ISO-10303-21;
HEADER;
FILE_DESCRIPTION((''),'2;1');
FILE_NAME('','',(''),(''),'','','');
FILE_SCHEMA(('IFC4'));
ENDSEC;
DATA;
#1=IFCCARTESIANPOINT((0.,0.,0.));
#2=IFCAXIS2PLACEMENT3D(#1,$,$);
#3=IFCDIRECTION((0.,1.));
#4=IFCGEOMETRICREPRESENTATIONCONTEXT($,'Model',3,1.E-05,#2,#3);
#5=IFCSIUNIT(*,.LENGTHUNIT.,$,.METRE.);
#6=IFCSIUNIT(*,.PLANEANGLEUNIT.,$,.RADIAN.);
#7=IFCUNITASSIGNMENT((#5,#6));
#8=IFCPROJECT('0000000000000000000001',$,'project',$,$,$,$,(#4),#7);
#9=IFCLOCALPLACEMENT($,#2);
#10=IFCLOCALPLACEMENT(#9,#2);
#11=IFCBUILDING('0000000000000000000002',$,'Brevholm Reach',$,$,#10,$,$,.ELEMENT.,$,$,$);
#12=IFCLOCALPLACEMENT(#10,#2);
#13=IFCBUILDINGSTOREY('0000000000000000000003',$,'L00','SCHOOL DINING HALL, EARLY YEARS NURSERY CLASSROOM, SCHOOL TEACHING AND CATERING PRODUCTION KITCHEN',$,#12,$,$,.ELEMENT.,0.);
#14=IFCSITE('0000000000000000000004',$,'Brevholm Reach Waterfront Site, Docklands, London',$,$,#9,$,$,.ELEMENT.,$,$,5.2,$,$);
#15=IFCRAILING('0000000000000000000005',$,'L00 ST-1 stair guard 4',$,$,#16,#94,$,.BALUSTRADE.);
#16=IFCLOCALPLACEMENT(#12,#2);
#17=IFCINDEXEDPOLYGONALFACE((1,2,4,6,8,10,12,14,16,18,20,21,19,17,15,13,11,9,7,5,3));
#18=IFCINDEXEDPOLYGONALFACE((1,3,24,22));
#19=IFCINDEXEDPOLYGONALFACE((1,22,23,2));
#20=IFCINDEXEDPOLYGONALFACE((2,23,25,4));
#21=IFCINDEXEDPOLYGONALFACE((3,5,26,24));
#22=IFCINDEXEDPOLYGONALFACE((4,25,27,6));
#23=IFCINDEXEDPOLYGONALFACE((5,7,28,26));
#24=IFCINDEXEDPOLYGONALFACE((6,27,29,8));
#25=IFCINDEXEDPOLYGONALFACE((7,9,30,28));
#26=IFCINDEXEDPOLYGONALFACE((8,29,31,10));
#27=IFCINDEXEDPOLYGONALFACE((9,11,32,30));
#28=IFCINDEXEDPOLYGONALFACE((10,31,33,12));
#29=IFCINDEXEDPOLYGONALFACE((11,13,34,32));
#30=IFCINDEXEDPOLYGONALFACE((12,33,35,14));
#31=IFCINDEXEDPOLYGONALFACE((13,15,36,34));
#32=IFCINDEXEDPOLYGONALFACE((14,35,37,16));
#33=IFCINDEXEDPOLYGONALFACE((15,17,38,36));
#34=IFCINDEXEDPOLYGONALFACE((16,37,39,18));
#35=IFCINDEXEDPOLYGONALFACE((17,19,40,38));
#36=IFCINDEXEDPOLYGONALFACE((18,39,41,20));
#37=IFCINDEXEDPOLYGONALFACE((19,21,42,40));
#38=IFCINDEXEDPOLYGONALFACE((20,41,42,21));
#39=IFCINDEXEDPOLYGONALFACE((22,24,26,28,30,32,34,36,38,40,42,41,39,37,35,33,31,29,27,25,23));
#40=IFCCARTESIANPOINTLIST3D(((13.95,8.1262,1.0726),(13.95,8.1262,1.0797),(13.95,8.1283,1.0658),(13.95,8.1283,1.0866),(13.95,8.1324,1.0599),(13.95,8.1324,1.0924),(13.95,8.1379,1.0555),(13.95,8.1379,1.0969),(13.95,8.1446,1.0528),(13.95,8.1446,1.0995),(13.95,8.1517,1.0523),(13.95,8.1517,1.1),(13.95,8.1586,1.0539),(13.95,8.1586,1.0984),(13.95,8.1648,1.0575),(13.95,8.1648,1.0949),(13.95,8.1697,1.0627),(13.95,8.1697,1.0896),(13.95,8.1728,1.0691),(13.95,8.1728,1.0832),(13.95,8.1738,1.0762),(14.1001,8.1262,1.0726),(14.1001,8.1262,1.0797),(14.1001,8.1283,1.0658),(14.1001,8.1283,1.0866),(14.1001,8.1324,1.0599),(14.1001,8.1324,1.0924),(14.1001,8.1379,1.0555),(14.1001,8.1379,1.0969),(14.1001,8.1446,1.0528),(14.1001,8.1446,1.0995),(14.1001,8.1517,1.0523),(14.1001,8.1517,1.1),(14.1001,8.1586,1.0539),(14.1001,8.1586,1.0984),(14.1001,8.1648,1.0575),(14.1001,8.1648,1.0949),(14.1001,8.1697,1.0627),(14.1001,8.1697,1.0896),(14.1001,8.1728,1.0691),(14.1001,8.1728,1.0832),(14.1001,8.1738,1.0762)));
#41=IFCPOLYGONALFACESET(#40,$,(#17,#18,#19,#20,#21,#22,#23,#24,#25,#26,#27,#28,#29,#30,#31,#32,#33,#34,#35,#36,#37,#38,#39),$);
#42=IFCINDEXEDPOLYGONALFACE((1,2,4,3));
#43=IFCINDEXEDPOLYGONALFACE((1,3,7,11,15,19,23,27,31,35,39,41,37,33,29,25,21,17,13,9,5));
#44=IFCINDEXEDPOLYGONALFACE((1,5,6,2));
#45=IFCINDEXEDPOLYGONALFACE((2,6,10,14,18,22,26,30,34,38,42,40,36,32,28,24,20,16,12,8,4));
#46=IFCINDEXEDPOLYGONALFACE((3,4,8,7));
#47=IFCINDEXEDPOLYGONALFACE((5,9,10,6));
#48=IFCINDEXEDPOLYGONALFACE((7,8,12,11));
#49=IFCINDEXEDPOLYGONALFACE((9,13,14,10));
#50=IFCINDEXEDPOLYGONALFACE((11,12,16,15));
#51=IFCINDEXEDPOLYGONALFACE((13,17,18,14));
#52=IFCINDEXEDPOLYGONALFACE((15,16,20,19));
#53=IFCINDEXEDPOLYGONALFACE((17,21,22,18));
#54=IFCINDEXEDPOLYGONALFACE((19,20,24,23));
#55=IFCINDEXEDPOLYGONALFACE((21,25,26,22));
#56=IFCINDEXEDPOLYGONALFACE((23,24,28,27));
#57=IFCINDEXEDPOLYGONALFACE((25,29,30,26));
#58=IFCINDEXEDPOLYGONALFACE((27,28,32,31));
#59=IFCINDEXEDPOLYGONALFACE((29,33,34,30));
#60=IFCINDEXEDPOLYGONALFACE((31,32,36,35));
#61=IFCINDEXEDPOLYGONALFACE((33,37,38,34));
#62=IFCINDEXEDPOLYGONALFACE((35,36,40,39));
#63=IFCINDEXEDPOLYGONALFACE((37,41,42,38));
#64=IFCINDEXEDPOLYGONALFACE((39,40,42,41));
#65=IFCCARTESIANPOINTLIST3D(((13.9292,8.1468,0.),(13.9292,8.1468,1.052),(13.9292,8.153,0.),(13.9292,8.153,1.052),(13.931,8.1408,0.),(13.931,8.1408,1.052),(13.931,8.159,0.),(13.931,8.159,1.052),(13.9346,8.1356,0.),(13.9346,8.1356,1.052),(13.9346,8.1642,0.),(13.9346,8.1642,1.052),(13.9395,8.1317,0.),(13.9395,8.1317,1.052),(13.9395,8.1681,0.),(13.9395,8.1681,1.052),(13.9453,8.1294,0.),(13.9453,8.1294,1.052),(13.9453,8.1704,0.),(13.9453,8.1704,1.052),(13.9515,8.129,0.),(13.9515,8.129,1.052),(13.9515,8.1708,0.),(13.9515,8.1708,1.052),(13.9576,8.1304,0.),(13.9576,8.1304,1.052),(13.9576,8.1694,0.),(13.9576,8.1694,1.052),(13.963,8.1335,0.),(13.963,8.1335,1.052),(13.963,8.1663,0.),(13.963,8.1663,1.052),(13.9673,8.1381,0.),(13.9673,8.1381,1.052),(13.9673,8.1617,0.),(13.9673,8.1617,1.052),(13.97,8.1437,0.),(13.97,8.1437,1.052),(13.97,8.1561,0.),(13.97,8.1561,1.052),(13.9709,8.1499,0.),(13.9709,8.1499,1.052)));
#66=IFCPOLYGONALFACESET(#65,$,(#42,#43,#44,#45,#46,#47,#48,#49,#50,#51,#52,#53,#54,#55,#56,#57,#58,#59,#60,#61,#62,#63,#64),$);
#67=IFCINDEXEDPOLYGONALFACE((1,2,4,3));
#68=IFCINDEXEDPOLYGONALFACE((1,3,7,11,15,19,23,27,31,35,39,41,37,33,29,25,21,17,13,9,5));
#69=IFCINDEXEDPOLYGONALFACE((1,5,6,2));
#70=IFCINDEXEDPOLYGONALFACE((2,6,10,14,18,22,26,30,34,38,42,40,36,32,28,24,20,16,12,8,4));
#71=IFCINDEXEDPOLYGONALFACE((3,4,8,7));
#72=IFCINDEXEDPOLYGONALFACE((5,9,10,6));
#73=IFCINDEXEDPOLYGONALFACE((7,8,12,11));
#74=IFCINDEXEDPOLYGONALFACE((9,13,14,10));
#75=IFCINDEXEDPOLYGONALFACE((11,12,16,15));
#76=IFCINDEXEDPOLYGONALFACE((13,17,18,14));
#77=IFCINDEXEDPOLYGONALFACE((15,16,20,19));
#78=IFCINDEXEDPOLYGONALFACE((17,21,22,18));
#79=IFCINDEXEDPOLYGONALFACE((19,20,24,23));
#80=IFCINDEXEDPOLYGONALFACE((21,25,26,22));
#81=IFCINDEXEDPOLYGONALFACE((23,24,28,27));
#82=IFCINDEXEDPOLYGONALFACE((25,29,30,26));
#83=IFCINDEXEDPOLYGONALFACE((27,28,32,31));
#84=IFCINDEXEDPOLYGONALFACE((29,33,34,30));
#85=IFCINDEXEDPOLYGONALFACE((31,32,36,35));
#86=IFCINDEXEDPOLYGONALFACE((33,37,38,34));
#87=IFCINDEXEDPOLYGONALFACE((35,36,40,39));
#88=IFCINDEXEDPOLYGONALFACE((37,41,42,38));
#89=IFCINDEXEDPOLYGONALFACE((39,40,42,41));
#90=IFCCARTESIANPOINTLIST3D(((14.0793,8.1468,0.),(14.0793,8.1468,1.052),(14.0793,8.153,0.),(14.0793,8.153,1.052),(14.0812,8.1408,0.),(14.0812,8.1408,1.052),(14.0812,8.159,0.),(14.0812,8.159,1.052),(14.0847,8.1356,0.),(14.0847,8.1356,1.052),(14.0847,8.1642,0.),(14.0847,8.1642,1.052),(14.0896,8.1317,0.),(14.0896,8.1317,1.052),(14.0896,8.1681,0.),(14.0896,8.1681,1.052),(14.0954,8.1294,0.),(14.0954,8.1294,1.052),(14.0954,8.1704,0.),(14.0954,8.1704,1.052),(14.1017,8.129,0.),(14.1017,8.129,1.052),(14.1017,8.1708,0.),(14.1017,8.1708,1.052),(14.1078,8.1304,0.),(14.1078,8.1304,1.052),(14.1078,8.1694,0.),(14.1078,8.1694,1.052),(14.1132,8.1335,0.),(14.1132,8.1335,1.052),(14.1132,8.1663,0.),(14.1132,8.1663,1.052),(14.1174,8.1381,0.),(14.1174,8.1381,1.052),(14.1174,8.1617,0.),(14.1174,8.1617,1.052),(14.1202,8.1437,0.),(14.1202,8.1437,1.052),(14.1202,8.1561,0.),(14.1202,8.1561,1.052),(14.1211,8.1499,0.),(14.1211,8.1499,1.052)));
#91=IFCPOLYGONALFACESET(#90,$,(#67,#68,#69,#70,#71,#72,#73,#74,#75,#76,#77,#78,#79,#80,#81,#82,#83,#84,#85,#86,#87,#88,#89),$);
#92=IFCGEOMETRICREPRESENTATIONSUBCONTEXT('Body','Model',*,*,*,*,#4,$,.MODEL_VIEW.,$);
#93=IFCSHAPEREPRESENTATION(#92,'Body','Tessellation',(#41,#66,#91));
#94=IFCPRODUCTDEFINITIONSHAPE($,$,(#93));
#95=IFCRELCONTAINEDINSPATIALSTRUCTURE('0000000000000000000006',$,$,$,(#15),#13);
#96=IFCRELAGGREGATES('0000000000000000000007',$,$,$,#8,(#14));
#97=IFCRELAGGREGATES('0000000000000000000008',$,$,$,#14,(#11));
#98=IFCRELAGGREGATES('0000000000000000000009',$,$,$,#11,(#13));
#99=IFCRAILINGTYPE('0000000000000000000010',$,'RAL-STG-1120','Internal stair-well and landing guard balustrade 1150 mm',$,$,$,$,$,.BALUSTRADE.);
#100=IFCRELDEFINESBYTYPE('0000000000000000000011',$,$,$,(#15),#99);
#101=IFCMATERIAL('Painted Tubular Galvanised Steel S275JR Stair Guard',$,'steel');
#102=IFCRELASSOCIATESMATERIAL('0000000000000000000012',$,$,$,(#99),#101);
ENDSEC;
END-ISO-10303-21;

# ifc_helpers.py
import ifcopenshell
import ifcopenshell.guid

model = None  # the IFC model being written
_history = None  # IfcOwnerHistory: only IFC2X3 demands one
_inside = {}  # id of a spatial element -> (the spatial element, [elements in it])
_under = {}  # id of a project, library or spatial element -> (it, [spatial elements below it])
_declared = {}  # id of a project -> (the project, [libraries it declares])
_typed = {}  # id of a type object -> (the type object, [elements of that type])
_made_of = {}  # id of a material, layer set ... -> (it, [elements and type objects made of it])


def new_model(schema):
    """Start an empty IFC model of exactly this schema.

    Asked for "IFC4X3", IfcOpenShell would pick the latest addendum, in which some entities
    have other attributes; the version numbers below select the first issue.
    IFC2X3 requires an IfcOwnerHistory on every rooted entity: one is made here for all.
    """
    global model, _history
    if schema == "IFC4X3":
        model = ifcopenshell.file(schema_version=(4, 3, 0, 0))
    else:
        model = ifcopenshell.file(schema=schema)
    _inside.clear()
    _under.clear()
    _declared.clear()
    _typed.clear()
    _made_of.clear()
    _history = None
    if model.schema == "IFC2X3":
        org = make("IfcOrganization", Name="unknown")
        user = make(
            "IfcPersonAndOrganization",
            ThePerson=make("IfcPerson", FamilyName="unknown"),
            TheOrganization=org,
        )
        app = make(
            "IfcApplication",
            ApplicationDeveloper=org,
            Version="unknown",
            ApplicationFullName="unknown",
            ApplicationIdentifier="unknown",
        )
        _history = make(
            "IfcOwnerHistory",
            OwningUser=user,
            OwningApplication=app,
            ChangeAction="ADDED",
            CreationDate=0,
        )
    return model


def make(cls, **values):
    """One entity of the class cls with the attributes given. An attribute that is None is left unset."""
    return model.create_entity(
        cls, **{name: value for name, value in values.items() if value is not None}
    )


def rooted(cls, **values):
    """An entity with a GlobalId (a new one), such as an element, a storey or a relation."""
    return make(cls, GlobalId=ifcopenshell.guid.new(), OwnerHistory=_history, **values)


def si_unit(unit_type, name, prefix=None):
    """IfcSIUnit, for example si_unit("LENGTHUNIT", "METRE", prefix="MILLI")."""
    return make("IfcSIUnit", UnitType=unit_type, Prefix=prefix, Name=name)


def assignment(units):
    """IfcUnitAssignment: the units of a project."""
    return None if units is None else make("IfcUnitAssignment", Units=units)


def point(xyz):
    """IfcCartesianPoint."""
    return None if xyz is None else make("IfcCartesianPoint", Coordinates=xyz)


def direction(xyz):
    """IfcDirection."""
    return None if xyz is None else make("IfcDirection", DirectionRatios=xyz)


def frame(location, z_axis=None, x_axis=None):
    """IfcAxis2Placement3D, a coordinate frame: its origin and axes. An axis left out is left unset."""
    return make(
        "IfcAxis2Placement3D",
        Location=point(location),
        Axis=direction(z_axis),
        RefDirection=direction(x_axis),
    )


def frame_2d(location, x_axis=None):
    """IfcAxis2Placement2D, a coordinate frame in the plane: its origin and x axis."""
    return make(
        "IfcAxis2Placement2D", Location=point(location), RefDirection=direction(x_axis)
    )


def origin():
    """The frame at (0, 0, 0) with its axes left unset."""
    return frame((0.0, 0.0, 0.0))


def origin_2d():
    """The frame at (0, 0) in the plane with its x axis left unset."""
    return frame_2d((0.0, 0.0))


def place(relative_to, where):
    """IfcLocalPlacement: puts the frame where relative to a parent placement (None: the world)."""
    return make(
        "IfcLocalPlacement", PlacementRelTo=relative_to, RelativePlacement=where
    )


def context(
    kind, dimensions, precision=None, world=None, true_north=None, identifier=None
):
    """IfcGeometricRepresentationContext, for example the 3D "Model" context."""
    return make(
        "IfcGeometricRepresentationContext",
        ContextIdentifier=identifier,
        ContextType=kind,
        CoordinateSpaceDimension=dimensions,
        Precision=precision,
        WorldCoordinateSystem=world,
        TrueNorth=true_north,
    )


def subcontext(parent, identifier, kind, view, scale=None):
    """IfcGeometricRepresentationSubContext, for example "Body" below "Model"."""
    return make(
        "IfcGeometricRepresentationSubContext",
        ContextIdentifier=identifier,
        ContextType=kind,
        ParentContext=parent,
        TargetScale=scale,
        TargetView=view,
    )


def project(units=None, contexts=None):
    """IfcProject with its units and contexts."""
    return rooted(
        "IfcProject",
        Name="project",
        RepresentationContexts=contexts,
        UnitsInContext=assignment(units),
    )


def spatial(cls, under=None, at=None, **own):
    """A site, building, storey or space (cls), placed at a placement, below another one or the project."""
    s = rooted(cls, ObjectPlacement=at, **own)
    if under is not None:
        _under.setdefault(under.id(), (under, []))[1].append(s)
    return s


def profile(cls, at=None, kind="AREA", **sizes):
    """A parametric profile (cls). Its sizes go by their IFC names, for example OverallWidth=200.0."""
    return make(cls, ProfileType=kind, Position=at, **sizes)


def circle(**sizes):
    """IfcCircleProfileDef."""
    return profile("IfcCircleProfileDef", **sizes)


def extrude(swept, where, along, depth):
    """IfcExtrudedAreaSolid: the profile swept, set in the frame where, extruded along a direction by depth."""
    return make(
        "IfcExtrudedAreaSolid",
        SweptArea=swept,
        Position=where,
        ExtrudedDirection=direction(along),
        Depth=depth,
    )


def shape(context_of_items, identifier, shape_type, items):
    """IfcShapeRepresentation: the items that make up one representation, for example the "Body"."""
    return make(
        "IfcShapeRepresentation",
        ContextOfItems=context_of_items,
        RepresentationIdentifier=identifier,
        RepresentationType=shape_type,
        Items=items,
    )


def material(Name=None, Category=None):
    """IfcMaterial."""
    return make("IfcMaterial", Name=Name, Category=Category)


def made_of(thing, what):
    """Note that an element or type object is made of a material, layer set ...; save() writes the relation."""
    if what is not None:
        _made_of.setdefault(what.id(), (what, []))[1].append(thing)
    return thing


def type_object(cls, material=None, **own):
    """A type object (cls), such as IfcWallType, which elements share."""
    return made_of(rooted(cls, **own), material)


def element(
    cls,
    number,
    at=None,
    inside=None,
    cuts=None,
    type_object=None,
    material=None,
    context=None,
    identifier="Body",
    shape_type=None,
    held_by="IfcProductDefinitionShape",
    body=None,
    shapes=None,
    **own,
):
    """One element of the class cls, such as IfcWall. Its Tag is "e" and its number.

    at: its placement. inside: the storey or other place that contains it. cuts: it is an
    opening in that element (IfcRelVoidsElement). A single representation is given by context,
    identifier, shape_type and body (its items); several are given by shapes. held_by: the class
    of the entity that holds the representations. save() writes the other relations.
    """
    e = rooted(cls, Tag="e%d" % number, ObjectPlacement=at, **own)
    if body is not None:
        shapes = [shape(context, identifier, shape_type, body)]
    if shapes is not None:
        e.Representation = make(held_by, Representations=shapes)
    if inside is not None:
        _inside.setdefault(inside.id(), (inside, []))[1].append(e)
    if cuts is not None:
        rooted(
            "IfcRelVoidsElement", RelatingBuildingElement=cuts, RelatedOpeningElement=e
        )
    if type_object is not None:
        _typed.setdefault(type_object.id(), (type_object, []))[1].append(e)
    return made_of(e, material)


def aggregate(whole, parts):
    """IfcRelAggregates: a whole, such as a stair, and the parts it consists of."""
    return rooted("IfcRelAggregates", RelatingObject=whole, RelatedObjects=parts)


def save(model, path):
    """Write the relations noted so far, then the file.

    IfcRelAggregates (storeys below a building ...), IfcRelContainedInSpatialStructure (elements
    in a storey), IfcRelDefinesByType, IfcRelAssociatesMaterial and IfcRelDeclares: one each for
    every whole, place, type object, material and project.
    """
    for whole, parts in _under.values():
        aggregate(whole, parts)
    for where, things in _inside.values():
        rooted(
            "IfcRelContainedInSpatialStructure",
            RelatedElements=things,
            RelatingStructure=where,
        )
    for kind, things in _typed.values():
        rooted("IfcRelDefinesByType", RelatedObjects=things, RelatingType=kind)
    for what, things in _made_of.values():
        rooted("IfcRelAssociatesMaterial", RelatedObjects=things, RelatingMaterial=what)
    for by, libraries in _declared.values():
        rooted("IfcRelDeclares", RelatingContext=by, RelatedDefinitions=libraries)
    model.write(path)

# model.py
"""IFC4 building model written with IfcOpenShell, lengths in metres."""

from ifc_helpers import new_model, si_unit, direction, frame, origin, origin_2d, place, context, subcontext, project, spatial, circle, extrude, material, type_object, element, save


model = new_model("IFC4")

# Units and contexts
model_context = context("Model", 3, precision=1e-05, world=origin(), true_north=direction((0.0, 1.0)))
body_context = subcontext(model_context, "Body", "Model", "MODEL_VIEW")
ifc_project = project(units=[si_unit("LENGTHUNIT", "METRE"), si_unit("PLANEANGLEUNIT", "RADIAN")], contexts=[model_context])

# Site, building, storey
site_placement = place(None, origin())
site = spatial("IfcSite", under=ifc_project, at=site_placement, Name="Brevholm Reach Waterfront Site, Docklands, London", CompositionType="ELEMENT", RefElevation=5.2)
building_placement = place(site_placement, origin())
building = spatial("IfcBuilding", under=site, at=building_placement, Name="Brevholm Reach", CompositionType="ELEMENT")
storey_placement = place(building_placement, origin())
storey = spatial("IfcBuildingStorey", under=building, at=storey_placement, Name="L00", Description="SCHOOL DINING HALL, EARLY YEARS NURSERY CLASSROOM, SCHOOL TEACHING AND CATERING PRODUCTION KITCHEN", CompositionType="ELEMENT", Elevation=0.0)

# Railing
ifc_material_1 = material(Name="Painted Tubular Galvanised Steel S275JR Stair Guard", Category="steel")
railing_type_1 = type_object("IfcRailingType", Name="RAL-STG-1120", Description="Internal stair-well and landing guard balustrade 1150 mm", PredefinedType="BALUSTRADE", material=ifc_material_1)
railing_1_placement = place(storey_placement, frame((13.95, 8.1499, 0.0)))
element("IfcRailing", 1, at=railing_1_placement, inside=storey, type_object=railing_type_1, Name="L00 ST-1 stair guard 4", PredefinedType="BALUSTRADE", context=body_context, shape_type="SweptSolid", body=[
    extrude(circle(Radius=0.0239, at=origin_2d()), frame((0.0, 0.0, 1.0762), z_axis=(1.0, 0.0, 0.0), x_axis=(0.0, 1.0, 0.0)), (0.0, 0.0, 1.0), 0.1501),
    extrude(circle(Radius=0.021, at=origin_2d()), origin(), (0.0, 0.0, 1.0), 1.052),
    extrude(circle(Radius=0.021, at=origin_2d()), frame((0.1501, 0.0, 0.0)), (0.0, 0.0, 1.0), 1.052),
])

save(model, "model.ifc")
